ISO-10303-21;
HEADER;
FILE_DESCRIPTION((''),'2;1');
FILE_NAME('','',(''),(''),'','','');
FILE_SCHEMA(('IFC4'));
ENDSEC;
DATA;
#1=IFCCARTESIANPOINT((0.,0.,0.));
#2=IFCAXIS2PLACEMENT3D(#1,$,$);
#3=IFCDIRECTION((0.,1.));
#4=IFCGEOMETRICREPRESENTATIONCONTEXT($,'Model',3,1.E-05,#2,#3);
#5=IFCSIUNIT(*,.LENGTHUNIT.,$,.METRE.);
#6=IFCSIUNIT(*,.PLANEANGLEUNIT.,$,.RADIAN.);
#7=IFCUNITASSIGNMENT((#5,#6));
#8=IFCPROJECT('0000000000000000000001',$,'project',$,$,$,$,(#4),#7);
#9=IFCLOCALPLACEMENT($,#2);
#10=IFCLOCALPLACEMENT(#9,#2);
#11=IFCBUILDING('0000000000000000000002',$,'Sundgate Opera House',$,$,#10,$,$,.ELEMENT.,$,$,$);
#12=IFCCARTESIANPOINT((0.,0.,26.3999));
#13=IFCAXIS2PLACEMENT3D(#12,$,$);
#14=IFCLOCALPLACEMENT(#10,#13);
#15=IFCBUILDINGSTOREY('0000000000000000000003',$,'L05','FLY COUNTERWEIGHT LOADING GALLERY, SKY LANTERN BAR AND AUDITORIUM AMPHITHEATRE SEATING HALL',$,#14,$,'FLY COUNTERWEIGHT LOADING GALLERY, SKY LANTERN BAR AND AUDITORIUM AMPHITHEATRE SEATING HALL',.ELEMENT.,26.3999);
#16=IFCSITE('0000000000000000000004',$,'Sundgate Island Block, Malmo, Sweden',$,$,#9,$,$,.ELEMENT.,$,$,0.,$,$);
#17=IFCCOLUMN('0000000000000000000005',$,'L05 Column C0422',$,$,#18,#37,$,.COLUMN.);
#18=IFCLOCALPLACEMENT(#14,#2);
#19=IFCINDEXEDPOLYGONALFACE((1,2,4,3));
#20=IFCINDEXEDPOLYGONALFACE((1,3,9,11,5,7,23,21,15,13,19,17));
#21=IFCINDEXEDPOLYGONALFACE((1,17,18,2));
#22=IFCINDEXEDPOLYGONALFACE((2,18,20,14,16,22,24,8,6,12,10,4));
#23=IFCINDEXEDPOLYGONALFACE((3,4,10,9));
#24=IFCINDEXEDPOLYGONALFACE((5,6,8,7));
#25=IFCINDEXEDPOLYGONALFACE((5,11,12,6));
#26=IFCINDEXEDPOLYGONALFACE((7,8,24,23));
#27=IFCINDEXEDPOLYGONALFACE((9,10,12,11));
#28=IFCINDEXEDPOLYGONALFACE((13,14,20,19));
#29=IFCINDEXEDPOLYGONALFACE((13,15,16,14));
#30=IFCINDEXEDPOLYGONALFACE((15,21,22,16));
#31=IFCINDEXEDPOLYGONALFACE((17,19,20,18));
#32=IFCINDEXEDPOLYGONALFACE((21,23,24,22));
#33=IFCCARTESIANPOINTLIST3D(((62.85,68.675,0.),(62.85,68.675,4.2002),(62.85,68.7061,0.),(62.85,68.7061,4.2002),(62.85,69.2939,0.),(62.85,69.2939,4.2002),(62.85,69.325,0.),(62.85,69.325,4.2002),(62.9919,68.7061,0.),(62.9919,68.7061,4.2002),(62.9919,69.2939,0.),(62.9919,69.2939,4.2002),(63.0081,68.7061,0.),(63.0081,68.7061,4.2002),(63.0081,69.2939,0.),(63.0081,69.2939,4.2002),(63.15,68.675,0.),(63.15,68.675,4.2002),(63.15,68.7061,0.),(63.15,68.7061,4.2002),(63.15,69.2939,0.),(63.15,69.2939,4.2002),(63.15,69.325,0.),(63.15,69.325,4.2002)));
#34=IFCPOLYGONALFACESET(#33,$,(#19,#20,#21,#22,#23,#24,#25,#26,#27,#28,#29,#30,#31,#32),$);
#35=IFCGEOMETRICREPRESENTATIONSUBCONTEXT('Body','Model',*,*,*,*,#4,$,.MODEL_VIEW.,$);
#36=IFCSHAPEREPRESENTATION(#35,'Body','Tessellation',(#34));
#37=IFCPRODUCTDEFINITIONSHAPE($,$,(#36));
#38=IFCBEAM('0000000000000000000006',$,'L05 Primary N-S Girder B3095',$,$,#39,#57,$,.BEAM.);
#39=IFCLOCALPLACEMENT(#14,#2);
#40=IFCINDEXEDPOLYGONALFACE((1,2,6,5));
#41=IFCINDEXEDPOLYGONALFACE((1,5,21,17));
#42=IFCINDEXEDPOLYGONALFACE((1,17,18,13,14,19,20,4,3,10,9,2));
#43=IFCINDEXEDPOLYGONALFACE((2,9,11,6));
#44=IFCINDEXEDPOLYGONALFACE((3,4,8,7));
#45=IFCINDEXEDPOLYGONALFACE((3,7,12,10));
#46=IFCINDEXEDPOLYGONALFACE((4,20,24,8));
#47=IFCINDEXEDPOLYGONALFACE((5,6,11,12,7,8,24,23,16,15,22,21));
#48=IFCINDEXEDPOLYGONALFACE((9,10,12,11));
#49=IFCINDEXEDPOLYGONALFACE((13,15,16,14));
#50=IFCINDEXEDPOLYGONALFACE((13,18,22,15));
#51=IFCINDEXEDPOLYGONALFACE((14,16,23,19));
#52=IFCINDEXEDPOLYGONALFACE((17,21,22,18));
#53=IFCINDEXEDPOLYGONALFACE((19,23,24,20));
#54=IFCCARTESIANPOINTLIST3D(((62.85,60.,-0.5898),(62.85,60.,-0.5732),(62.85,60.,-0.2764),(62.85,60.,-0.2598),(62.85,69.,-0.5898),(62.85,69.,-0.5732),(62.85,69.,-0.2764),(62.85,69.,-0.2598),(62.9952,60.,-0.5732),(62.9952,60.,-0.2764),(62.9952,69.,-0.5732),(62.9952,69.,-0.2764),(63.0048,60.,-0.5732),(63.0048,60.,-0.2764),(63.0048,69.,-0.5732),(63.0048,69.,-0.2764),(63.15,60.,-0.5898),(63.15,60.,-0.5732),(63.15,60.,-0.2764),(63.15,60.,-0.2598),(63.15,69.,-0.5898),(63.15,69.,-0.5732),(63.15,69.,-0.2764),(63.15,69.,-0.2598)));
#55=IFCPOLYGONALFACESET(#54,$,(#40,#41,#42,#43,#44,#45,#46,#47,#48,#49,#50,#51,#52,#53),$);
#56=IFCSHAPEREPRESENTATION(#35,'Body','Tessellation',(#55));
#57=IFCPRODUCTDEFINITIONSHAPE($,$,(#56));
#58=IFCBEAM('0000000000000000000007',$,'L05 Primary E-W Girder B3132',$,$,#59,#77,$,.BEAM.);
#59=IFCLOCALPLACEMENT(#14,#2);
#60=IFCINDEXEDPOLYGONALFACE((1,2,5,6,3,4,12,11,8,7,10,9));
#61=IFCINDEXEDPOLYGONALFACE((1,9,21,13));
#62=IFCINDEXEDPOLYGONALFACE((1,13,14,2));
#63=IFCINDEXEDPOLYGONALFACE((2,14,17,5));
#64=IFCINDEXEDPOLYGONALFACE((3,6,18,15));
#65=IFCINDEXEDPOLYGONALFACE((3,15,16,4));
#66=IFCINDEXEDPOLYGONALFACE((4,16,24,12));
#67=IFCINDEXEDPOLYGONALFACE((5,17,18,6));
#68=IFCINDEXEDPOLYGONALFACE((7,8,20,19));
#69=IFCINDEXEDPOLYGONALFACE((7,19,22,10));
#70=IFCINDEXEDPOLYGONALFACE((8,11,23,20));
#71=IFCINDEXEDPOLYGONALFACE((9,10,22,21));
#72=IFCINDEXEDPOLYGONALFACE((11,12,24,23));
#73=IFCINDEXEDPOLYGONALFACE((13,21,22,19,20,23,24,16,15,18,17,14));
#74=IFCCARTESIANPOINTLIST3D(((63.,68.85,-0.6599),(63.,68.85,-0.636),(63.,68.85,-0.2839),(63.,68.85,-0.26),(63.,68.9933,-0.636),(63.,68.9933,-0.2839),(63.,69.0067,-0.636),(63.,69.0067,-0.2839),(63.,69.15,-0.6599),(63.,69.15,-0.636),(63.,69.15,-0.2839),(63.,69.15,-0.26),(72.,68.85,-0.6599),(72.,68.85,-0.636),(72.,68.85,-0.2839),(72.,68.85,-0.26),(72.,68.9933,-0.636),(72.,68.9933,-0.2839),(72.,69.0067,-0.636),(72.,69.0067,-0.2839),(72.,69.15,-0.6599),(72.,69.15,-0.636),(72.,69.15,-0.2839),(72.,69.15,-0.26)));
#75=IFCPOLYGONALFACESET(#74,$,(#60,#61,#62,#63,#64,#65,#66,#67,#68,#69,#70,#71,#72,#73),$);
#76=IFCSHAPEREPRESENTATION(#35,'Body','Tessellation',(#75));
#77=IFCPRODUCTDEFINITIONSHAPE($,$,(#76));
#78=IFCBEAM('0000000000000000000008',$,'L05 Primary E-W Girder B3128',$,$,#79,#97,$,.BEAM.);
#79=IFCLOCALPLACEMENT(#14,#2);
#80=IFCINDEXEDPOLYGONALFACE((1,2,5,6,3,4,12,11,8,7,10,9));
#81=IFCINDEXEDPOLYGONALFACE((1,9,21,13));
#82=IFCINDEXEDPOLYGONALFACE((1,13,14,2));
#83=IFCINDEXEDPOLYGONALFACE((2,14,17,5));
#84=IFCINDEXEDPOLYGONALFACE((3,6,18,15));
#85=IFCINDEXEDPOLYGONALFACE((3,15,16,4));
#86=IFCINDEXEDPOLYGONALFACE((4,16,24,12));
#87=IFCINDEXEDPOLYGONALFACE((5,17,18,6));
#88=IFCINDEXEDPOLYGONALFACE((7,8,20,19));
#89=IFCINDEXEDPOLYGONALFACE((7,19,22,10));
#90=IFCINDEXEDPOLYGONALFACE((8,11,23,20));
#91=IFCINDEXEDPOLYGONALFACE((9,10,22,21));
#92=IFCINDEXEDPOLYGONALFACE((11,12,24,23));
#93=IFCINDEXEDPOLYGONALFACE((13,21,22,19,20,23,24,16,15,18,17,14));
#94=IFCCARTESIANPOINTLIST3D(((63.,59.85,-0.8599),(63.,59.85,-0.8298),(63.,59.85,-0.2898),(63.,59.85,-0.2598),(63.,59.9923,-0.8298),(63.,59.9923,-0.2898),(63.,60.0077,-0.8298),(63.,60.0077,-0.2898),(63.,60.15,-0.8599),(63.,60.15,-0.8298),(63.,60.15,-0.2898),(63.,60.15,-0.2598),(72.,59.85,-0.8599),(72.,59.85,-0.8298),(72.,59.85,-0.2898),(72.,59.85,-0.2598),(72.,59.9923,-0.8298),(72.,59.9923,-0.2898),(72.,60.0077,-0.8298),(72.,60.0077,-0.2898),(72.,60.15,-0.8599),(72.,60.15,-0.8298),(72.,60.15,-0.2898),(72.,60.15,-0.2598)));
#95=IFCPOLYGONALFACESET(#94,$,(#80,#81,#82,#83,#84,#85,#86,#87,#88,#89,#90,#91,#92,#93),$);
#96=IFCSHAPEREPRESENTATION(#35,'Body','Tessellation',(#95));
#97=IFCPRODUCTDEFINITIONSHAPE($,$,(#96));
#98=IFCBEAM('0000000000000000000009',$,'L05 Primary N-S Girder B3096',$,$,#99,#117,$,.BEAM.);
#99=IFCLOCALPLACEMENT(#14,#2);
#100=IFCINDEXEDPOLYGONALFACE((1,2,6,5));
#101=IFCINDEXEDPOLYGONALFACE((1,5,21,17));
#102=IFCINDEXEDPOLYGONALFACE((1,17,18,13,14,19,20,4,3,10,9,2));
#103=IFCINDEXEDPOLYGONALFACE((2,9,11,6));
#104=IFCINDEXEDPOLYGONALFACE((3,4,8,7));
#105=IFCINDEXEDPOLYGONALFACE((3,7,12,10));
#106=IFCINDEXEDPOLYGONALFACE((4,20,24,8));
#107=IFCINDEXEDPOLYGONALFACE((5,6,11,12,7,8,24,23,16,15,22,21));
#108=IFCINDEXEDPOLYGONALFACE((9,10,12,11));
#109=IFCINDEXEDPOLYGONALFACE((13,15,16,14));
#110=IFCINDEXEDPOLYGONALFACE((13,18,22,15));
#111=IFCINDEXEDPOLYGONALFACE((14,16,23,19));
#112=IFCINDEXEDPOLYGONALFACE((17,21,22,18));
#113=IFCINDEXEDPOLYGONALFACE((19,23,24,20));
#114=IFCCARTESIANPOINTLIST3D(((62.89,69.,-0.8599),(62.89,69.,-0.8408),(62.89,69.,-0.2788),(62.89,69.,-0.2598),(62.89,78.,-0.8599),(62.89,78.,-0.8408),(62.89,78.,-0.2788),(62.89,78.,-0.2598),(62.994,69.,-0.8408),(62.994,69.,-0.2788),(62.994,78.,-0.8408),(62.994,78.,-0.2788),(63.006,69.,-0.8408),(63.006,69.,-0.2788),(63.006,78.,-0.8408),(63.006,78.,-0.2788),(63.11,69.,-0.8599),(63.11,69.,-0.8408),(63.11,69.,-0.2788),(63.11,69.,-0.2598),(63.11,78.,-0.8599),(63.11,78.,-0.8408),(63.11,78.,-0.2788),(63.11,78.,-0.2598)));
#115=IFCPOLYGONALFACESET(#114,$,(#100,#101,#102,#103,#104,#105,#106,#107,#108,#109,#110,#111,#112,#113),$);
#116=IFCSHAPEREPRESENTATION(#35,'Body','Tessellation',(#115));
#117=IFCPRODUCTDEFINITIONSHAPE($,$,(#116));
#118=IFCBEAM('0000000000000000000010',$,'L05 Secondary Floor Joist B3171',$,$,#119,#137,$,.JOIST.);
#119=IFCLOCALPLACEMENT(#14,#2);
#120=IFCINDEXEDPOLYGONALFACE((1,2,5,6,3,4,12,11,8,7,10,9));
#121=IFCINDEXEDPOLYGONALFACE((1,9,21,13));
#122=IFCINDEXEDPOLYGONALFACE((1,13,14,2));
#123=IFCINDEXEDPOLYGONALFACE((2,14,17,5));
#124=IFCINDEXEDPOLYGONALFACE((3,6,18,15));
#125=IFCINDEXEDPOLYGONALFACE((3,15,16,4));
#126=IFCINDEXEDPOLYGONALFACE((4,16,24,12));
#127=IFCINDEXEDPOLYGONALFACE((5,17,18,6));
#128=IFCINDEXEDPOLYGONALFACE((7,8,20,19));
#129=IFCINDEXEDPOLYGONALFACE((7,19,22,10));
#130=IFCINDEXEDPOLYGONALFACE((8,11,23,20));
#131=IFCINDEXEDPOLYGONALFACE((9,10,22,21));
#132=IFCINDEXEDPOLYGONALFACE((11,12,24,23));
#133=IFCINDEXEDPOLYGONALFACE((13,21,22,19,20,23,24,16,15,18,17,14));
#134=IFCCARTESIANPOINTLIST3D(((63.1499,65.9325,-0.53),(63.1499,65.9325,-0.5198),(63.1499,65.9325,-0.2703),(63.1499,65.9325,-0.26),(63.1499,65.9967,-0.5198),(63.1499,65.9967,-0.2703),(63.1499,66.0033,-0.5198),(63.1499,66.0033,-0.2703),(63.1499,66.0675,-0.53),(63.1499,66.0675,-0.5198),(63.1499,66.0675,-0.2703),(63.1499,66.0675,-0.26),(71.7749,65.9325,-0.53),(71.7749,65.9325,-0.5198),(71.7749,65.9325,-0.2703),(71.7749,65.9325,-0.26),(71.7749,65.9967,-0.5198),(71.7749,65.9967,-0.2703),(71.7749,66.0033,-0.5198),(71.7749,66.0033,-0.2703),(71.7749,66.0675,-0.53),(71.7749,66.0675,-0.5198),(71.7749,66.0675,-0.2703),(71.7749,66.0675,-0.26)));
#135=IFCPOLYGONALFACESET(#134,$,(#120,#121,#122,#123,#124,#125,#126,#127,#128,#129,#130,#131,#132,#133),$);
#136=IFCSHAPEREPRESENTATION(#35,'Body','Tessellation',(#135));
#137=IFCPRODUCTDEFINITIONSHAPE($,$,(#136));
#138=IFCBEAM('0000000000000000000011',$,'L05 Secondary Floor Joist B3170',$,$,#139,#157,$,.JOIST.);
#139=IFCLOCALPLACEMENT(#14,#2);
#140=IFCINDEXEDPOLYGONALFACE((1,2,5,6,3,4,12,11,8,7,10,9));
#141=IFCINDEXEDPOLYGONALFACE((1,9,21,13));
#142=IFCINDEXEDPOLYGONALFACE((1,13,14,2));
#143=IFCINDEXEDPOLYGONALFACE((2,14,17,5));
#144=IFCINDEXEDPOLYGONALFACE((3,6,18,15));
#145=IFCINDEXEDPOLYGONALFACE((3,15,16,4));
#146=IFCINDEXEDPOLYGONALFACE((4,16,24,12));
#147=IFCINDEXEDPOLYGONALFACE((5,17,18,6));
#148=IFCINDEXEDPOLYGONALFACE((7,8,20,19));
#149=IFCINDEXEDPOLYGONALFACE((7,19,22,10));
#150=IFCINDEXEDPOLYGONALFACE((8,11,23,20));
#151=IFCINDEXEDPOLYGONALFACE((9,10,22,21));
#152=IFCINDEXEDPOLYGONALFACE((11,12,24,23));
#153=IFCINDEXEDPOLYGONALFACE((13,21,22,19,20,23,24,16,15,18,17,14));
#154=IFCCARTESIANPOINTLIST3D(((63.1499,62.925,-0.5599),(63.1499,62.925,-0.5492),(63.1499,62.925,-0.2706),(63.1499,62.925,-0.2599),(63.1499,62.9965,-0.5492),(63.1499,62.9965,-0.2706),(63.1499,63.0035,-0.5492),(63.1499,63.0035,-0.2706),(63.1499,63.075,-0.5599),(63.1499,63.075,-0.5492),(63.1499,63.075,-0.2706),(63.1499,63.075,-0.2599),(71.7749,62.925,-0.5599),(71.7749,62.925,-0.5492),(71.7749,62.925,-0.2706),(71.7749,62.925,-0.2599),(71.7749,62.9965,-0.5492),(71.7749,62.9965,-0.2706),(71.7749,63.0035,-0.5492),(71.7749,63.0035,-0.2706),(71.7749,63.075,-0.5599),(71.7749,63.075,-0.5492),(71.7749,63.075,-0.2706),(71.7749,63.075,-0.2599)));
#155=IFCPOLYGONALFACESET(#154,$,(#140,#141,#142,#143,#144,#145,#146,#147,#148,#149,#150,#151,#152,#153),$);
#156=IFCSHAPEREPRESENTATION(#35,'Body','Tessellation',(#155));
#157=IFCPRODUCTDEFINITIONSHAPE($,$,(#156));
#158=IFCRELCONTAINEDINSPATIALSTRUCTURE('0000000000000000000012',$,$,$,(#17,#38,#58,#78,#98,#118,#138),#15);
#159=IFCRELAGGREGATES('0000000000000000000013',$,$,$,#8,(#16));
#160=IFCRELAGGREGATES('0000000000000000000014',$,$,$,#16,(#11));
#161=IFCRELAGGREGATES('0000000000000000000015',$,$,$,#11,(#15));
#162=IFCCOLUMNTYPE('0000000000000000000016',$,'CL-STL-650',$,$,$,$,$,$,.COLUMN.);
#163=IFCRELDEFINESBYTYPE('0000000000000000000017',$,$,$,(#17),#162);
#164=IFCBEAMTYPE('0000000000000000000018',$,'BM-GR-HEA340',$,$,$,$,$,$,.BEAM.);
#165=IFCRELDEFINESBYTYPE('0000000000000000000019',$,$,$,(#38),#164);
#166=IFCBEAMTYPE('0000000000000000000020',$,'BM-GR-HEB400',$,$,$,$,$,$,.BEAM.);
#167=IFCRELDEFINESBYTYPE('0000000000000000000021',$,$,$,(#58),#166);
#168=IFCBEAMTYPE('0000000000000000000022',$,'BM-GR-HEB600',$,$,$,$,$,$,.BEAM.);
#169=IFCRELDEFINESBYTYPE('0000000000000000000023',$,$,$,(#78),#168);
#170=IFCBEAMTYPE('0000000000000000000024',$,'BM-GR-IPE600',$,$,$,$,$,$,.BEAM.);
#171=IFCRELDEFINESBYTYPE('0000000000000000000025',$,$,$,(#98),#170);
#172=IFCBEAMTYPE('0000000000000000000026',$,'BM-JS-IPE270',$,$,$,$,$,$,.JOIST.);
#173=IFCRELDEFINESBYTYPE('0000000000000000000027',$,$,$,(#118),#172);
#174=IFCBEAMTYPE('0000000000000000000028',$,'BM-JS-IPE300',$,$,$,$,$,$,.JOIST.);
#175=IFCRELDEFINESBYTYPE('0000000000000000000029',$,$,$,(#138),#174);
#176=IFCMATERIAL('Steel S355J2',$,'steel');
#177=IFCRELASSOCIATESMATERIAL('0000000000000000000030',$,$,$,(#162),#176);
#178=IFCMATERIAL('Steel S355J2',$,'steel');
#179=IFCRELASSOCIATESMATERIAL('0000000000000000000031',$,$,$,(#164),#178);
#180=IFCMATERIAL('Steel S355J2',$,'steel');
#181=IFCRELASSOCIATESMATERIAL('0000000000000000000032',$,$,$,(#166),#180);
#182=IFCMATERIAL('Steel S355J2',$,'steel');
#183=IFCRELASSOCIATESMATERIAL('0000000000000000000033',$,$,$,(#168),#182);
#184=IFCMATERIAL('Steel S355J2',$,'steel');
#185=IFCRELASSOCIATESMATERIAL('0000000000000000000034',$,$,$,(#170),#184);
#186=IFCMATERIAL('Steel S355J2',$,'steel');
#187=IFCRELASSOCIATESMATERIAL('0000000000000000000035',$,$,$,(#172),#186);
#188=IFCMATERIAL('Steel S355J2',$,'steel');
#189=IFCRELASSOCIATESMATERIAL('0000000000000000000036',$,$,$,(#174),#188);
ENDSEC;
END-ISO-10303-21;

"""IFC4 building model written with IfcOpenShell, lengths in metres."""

from ifc_helpers import new_model, si_unit, direction, frame, origin, origin_2d, place, context, subcontext, project, spatial, i_section, extrude, material, material_profile, profile_set, type_object, element, save


model = new_model("IFC4")

# Units and contexts
model_context = context("Model", 3, precision=1e-05, world=origin(), true_north=direction((0.0, 1.0)))
body_context = subcontext(model_context, "Body", "Model", "MODEL_VIEW")
ifc_project = project(units=[si_unit("LENGTHUNIT", "METRE"), si_unit("PLANEANGLEUNIT", "RADIAN")], contexts=[model_context])

# Site, building, storey
site_placement = place(None, origin())
site = spatial("IfcSite", under=ifc_project, at=site_placement, Name="Sundgate Island Block, Malmo, Sweden", CompositionType="ELEMENT", RefElevation=0.0)
building_placement = place(site_placement, origin())
building = spatial("IfcBuilding", under=site, at=building_placement, Name="Sundgate Opera House", CompositionType="ELEMENT")
storey_placement = place(building_placement, frame((0.0, 0.0, 26.3999)))
storey = spatial("IfcBuildingStorey", under=building, at=storey_placement, Name="L05", Description="FLY COUNTERWEIGHT LOADING GALLERY, SKY LANTERN BAR AND AUDITORIUM AMPHITHEATRE SEATING HALL", LongName="FLY COUNTERWEIGHT LOADING GALLERY, SKY LANTERN BAR AND AUDITORIUM AMPHITHEATRE SEATING HALL", CompositionType="ELEMENT", Elevation=26.3999)

# Column
ifc_material_1 = material(Name="Steel S355J2", Category="steel")
ifc_material_profile_1 = material_profile(ifc_material_1, i_section(OverallWidth=0.3, OverallDepth=0.6499, WebThickness=0.0161, FlangeThickness=0.031, at=origin_2d()), Name="HEB 650")
ifc_profile_set_1 = profile_set([ifc_material_profile_1], Name="Steel S355J2")
column_type = type_object("IfcColumnType", Name="CL-STL-650", PredefinedType="COLUMN", material=ifc_profile_set_1)
column_placement = place(storey_placement, frame((63.0, 69.0, 0.0), z_axis=(0.0, 0.0, 1.0), x_axis=(1.0, 0.0, 0.0)))
element("IfcColumn", 1, at=column_placement, inside=storey, type_object=column_type, Name="L05 Column C0422", PredefinedType="COLUMN", context=body_context, shape_type="SweptSolid", body=[
    extrude(i_section(OverallWidth=0.3, OverallDepth=0.6499, WebThickness=0.0161, FlangeThickness=0.031, at=origin_2d()), origin(), (0.0, 0.0, 1.0), 4.2002),
])

# Beams
ifc_material_2 = material(Name="Steel S355J2", Category="steel")
ifc_material_profile_2 = material_profile(ifc_material_2, i_section(OverallWidth=0.3, OverallDepth=0.3301, WebThickness=0.0095, FlangeThickness=0.0166, at=origin_2d()), Name="HEA 340")
ifc_profile_set_2 = profile_set([ifc_material_profile_2], Name="Steel S355J2")
beam_type_1 = type_object("IfcBeamType", Name="BM-GR-HEA340", PredefinedType="BEAM", material=ifc_profile_set_2)
beam_1_placement = place(storey_placement, frame((63.0, 60.0, -0.4248), z_axis=(0.0, 1.0, 0.0), x_axis=(-1.0, 0.0, 0.0)))
element("IfcBeam", 2, at=beam_1_placement, inside=storey, type_object=beam_type_1, Name="L05 Primary N-S Girder B3095", PredefinedType="BEAM", context=body_context, shape_type="SweptSolid", body=[
    extrude(i_section(OverallWidth=0.3, OverallDepth=0.3301, WebThickness=0.0095, FlangeThickness=0.0166, at=origin_2d()), origin(), (0.0, 0.0, 1.0), 9.0),
])
ifc_material_3 = material(Name="Steel S355J2", Category="steel")
ifc_material_profile_3 = material_profile(ifc_material_3, i_section(OverallWidth=0.3, OverallDepth=0.3999, WebThickness=0.0134, FlangeThickness=0.0239, at=origin_2d()), Name="HEB 400")
ifc_profile_set_3 = profile_set([ifc_material_profile_3], Name="Steel S355J2")
beam_type_2 = type_object("IfcBeamType", Name="BM-GR-HEB400", PredefinedType="BEAM", material=ifc_profile_set_3)
beam_2_placement = place(storey_placement, frame((63.0, 69.0, -0.46), z_axis=(1.0, 0.0, 0.0), x_axis=(0.0, 1.0, 0.0)))
element("IfcBeam", 3, at=beam_2_placement, inside=storey, type_object=beam_type_2, Name="L05 Primary E-W Girder B3132", PredefinedType="BEAM", context=body_context, shape_type="SweptSolid", body=[
    extrude(i_section(OverallWidth=0.3, OverallDepth=0.3999, WebThickness=0.0134, FlangeThickness=0.0239, at=origin_2d()), origin(), (0.0, 0.0, 1.0), 9.0),
])
ifc_material_4 = material(Name="Steel S355J2", Category="steel")
ifc_material_profile_4 = material_profile(ifc_material_4, i_section(OverallWidth=0.3, OverallDepth=0.6001, WebThickness=0.0154, FlangeThickness=0.03, at=origin_2d()), Name="HEB 600")
ifc_profile_set_4 = profile_set([ifc_material_profile_4], Name="Steel S355J2")
beam_type_3 = type_object("IfcBeamType", Name="BM-GR-HEB600", PredefinedType="BEAM", material=ifc_profile_set_4)
beam_3_placement = place(storey_placement, frame((63.0, 60.0, -0.5598), z_axis=(1.0, 0.0, 0.0), x_axis=(0.0, 1.0, 0.0)))
element("IfcBeam", 4, at=beam_3_placement, inside=storey, type_object=beam_type_3, Name="L05 Primary E-W Girder B3128", PredefinedType="BEAM", context=body_context, shape_type="SweptSolid", body=[
    extrude(i_section(OverallWidth=0.3, OverallDepth=0.6001, WebThickness=0.0154, FlangeThickness=0.03, at=origin_2d()), origin(), (0.0, 0.0, 1.0), 9.0),
])
ifc_material_5 = material(Name="Steel S355J2", Category="steel")
ifc_material_profile_5 = material_profile(ifc_material_5, i_section(OverallWidth=0.22, OverallDepth=0.6001, WebThickness=0.012, FlangeThickness=0.019, at=origin_2d()), Name="IPE 600")
ifc_profile_set_5 = profile_set([ifc_material_profile_5], Name="Steel S355J2")
beam_type_4 = type_object("IfcBeamType", Name="BM-GR-IPE600", PredefinedType="BEAM", material=ifc_profile_set_5)
beam_4_placement = place(storey_placement, frame((63.0, 69.0, -0.5598), z_axis=(0.0, 1.0, 0.0), x_axis=(-1.0, 0.0, 0.0)))
element("IfcBeam", 5, at=beam_4_placement, inside=storey, type_object=beam_type_4, Name="L05 Primary N-S Girder B3096", PredefinedType="BEAM", context=body_context, shape_type="SweptSolid", body=[
    extrude(i_section(OverallWidth=0.22, OverallDepth=0.6001, WebThickness=0.012, FlangeThickness=0.019, at=origin_2d()), origin(), (0.0, 0.0, 1.0), 9.0),
])
ifc_material_6 = material(Name="Steel S355J2", Category="steel")
ifc_material_profile_6 = material_profile(ifc_material_6, i_section(OverallWidth=0.135, OverallDepth=0.27, WebThickness=0.0066, FlangeThickness=0.0103, at=origin_2d()), Name="IPE 270")
ifc_profile_set_6 = profile_set([ifc_material_profile_6], Name="Steel S355J2")
beam_type_5 = type_object("IfcBeamType", Name="BM-JS-IPE270", PredefinedType="JOIST", material=ifc_profile_set_6)
beam_5_placement = place(storey_placement, frame((63.1499, 66.0, -0.395), z_axis=(1.0, 0.0, 0.0), x_axis=(0.0, 1.0, 0.0)))
element("IfcBeam", 6, at=beam_5_placement, inside=storey, type_object=beam_type_5, Name="L05 Secondary Floor Joist B3171", PredefinedType="JOIST", context=body_context, shape_type="SweptSolid", body=[
    extrude(i_section(OverallWidth=0.135, OverallDepth=0.27, WebThickness=0.0066, FlangeThickness=0.0103, at=origin_2d()), origin(), (0.0, 0.0, 1.0), 8.625),
])
ifc_material_7 = material(Name="Steel S355J2", Category="steel")
ifc_material_profile_7 = material_profile(ifc_material_7, i_section(OverallWidth=0.1499, OverallDepth=0.3, WebThickness=0.0071, FlangeThickness=0.0107, at=origin_2d()), Name="IPE 300")
ifc_profile_set_7 = profile_set([ifc_material_profile_7], Name="Steel S355J2")
beam_type_6 = type_object("IfcBeamType", Name="BM-JS-IPE300", PredefinedType="JOIST", material=ifc_profile_set_7)
beam_6_placement = place(storey_placement, frame((63.1499, 63.0, -0.4099), z_axis=(1.0, 0.0, 0.0), x_axis=(0.0, 1.0, 0.0)))
element("IfcBeam", 7, at=beam_6_placement, inside=storey, type_object=beam_type_6, Name="L05 Secondary Floor Joist B3170", PredefinedType="JOIST", context=body_context, shape_type="SweptSolid", body=[
    extrude(i_section(OverallWidth=0.1499, OverallDepth=0.3, WebThickness=0.0071, FlangeThickness=0.0107, at=origin_2d()), origin(), (0.0, 0.0, 1.0), 8.625),
])

save(model, "model.ifc")
